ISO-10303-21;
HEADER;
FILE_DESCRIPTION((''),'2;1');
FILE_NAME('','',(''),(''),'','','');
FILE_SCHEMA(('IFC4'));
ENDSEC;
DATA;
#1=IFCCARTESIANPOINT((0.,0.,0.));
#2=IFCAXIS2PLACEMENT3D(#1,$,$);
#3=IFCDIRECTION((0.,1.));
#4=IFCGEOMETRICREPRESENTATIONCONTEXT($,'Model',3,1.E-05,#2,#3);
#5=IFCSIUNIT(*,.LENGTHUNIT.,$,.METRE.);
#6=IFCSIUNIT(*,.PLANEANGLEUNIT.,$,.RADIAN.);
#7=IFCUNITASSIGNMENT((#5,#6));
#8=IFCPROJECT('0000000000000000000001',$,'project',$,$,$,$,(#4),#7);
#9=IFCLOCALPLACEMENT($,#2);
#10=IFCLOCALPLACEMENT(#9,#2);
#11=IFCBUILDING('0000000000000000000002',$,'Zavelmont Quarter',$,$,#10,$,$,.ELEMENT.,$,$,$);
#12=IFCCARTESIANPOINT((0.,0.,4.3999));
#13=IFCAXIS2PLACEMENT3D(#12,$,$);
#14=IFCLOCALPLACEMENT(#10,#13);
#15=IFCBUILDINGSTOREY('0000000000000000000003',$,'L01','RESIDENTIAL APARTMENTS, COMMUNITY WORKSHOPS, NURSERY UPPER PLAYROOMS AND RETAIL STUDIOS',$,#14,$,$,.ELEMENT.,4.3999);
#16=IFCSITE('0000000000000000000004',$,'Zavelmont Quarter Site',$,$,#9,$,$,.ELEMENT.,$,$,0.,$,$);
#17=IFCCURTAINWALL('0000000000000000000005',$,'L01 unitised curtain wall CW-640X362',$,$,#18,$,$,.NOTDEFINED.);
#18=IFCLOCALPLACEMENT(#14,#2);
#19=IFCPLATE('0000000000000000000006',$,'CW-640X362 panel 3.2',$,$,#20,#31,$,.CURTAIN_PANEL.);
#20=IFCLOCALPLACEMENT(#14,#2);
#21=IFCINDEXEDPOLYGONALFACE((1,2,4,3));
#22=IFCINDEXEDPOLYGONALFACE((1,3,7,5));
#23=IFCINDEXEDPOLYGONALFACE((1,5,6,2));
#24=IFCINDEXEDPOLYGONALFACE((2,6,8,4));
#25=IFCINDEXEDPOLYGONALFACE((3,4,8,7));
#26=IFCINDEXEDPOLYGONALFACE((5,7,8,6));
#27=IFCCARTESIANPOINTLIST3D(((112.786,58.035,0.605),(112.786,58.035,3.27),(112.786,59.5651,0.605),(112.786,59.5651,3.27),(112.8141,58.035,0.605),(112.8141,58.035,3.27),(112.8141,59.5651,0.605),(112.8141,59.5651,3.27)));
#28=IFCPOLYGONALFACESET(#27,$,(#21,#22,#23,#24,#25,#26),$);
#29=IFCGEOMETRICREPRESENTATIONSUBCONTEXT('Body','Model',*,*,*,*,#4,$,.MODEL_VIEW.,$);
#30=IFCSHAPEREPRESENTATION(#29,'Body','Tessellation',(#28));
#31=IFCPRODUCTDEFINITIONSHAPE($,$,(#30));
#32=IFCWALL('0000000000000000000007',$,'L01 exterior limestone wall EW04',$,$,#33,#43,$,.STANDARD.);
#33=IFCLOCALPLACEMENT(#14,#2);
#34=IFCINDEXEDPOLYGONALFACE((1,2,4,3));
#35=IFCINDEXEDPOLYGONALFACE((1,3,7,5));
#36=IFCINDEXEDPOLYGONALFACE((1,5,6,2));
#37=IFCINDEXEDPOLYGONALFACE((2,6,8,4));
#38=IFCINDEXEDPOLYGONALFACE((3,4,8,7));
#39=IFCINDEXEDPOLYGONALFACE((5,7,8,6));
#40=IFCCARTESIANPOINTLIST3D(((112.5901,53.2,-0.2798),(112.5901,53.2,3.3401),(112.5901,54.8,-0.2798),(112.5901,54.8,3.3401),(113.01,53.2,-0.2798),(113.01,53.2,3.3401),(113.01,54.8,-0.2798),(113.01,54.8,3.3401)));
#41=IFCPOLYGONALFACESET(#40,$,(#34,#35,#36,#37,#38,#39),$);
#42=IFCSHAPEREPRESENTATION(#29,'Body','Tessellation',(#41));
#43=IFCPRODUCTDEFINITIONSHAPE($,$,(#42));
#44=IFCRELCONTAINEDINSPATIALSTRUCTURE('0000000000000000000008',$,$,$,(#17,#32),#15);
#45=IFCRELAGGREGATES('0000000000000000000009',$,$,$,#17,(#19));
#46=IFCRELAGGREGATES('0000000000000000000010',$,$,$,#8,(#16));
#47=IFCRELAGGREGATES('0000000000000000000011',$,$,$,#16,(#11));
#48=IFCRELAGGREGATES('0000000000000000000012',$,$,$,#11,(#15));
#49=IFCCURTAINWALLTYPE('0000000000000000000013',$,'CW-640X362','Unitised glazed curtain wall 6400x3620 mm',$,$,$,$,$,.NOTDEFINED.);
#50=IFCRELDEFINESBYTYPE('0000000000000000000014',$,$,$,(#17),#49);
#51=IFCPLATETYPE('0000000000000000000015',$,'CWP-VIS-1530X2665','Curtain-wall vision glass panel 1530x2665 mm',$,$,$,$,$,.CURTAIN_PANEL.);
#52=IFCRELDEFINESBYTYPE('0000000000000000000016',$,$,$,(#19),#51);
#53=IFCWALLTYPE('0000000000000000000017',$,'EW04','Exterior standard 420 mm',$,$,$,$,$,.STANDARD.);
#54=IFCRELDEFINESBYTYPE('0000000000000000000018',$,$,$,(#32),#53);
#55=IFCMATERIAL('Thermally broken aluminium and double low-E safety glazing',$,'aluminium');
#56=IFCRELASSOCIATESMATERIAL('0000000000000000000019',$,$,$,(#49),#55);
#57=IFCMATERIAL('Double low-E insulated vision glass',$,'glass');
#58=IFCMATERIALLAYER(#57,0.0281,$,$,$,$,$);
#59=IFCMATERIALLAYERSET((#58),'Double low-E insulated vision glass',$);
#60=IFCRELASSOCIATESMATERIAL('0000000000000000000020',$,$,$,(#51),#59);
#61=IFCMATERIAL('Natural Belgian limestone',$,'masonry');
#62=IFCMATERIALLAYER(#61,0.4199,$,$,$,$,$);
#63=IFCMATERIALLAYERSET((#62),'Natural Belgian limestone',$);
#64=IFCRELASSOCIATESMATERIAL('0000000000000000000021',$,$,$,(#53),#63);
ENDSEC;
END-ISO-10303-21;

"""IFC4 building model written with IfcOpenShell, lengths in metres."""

from ifc_helpers import new_model, si_unit, direction, frame, frame_2d, origin, origin_2d, place, context, subcontext, project, spatial, rectangle, extrude, material, layer, layer_set, type_object, element, aggregate, save


model = new_model("IFC4")

# Units and contexts
model_context = context("Model", 3, precision=1e-05, world=origin(), true_north=direction((0.0, 1.0)))
body_context = subcontext(model_context, "Body", "Model", "MODEL_VIEW")
ifc_project = project(units=[si_unit("LENGTHUNIT", "METRE"), si_unit("PLANEANGLEUNIT", "RADIAN")], contexts=[model_context])

# Site, building, storey
site_placement = place(None, origin())
site = spatial("IfcSite", under=ifc_project, at=site_placement, Name="Zavelmont Quarter Site", CompositionType="ELEMENT", RefElevation=0.0)
building_placement = place(site_placement, origin())
building = spatial("IfcBuilding", under=site, at=building_placement, Name="Zavelmont Quarter", CompositionType="ELEMENT")
storey_placement = place(building_placement, frame((0.0, 0.0, 4.3999)))
storey = spatial("IfcBuildingStorey", under=building, at=storey_placement, Name="L01", Description="RESIDENTIAL APARTMENTS, COMMUNITY WORKSHOPS, NURSERY UPPER PLAYROOMS AND RETAIL STUDIOS", CompositionType="ELEMENT", Elevation=4.3999)

# Shared definitions
ifc_material_1 = material(Name="Thermally broken aluminium and double low-E safety glazing", Category="aluminium")
curtain_wall_type = type_object("IfcCurtainWallType", Name="CW-640X362", Description="Unitised glazed curtain wall 6400x3620 mm", PredefinedType="NOTDEFINED", material=ifc_material_1)

# Curtain wall
curtain_wall_1_placement = place(storey_placement, origin())
curtain_wall_1 = element("IfcCurtainWall", 1, at=curtain_wall_1_placement, inside=storey, type_object=curtain_wall_type, Name="L01 unitised curtain wall CW-640X362", PredefinedType="NOTDEFINED")

# Plate
ifc_material_2 = material(Name="Double low-E insulated vision glass", Category="glass")
ifc_layer_1 = layer(ifc_material_2, 0.0281)
ifc_layer_set_1 = layer_set([ifc_layer_1], Name="Double low-E insulated vision glass")
plate_type_1 = type_object("IfcPlateType", Name="CWP-VIS-1530X2665", Description="Curtain-wall vision glass panel 1530x2665 mm", PredefinedType="CURTAIN_PANEL", material=ifc_layer_set_1)
plate_1_placement = place(storey_placement, frame((112.8, 58.8, 0.605), z_axis=(0.0, 0.0, 1.0), x_axis=(0.0, 1.0, 0.0)))
plate_1 = element("IfcPlate", 2, at=plate_1_placement, type_object=plate_type_1, Name="CW-640X362 panel 3.2", PredefinedType="CURTAIN_PANEL", context=body_context, shape_type="SweptSolid", body=[
    extrude(rectangle(XDim=1.53, YDim=0.0281, at=origin_2d()), origin(), (0.0, 0.0, 1.0), 2.665),
])
aggregate(curtain_wall_1, [plate_1])

# Wall
ifc_material_3 = material(Name="Natural Belgian limestone", Category="masonry")
ifc_layer_2 = layer(ifc_material_3, 0.4199)
ifc_layer_set_2 = layer_set([ifc_layer_2], Name="Natural Belgian limestone")
wall_type = type_object("IfcWallType", Name="EW04", Description="Exterior standard 420 mm", PredefinedType="STANDARD", material=ifc_layer_set_2)
wall_placement = place(storey_placement, frame((112.8, 53.2, -0.2798), z_axis=(0.0, 0.0, 1.0), x_axis=(0.0, 1.0, 0.0)))
element("IfcWall", 3, at=wall_placement, inside=storey, type_object=wall_type, Name="L01 exterior limestone wall EW04", PredefinedType="STANDARD", context=body_context, shape_type="SweptSolid", body=[
    extrude(rectangle(XDim=1.6001, YDim=0.4199, at=frame_2d((0.8, 0.0))), origin(), (0.0, 0.0, 1.0), 3.6199),
])

save(model, "model.ifc")
